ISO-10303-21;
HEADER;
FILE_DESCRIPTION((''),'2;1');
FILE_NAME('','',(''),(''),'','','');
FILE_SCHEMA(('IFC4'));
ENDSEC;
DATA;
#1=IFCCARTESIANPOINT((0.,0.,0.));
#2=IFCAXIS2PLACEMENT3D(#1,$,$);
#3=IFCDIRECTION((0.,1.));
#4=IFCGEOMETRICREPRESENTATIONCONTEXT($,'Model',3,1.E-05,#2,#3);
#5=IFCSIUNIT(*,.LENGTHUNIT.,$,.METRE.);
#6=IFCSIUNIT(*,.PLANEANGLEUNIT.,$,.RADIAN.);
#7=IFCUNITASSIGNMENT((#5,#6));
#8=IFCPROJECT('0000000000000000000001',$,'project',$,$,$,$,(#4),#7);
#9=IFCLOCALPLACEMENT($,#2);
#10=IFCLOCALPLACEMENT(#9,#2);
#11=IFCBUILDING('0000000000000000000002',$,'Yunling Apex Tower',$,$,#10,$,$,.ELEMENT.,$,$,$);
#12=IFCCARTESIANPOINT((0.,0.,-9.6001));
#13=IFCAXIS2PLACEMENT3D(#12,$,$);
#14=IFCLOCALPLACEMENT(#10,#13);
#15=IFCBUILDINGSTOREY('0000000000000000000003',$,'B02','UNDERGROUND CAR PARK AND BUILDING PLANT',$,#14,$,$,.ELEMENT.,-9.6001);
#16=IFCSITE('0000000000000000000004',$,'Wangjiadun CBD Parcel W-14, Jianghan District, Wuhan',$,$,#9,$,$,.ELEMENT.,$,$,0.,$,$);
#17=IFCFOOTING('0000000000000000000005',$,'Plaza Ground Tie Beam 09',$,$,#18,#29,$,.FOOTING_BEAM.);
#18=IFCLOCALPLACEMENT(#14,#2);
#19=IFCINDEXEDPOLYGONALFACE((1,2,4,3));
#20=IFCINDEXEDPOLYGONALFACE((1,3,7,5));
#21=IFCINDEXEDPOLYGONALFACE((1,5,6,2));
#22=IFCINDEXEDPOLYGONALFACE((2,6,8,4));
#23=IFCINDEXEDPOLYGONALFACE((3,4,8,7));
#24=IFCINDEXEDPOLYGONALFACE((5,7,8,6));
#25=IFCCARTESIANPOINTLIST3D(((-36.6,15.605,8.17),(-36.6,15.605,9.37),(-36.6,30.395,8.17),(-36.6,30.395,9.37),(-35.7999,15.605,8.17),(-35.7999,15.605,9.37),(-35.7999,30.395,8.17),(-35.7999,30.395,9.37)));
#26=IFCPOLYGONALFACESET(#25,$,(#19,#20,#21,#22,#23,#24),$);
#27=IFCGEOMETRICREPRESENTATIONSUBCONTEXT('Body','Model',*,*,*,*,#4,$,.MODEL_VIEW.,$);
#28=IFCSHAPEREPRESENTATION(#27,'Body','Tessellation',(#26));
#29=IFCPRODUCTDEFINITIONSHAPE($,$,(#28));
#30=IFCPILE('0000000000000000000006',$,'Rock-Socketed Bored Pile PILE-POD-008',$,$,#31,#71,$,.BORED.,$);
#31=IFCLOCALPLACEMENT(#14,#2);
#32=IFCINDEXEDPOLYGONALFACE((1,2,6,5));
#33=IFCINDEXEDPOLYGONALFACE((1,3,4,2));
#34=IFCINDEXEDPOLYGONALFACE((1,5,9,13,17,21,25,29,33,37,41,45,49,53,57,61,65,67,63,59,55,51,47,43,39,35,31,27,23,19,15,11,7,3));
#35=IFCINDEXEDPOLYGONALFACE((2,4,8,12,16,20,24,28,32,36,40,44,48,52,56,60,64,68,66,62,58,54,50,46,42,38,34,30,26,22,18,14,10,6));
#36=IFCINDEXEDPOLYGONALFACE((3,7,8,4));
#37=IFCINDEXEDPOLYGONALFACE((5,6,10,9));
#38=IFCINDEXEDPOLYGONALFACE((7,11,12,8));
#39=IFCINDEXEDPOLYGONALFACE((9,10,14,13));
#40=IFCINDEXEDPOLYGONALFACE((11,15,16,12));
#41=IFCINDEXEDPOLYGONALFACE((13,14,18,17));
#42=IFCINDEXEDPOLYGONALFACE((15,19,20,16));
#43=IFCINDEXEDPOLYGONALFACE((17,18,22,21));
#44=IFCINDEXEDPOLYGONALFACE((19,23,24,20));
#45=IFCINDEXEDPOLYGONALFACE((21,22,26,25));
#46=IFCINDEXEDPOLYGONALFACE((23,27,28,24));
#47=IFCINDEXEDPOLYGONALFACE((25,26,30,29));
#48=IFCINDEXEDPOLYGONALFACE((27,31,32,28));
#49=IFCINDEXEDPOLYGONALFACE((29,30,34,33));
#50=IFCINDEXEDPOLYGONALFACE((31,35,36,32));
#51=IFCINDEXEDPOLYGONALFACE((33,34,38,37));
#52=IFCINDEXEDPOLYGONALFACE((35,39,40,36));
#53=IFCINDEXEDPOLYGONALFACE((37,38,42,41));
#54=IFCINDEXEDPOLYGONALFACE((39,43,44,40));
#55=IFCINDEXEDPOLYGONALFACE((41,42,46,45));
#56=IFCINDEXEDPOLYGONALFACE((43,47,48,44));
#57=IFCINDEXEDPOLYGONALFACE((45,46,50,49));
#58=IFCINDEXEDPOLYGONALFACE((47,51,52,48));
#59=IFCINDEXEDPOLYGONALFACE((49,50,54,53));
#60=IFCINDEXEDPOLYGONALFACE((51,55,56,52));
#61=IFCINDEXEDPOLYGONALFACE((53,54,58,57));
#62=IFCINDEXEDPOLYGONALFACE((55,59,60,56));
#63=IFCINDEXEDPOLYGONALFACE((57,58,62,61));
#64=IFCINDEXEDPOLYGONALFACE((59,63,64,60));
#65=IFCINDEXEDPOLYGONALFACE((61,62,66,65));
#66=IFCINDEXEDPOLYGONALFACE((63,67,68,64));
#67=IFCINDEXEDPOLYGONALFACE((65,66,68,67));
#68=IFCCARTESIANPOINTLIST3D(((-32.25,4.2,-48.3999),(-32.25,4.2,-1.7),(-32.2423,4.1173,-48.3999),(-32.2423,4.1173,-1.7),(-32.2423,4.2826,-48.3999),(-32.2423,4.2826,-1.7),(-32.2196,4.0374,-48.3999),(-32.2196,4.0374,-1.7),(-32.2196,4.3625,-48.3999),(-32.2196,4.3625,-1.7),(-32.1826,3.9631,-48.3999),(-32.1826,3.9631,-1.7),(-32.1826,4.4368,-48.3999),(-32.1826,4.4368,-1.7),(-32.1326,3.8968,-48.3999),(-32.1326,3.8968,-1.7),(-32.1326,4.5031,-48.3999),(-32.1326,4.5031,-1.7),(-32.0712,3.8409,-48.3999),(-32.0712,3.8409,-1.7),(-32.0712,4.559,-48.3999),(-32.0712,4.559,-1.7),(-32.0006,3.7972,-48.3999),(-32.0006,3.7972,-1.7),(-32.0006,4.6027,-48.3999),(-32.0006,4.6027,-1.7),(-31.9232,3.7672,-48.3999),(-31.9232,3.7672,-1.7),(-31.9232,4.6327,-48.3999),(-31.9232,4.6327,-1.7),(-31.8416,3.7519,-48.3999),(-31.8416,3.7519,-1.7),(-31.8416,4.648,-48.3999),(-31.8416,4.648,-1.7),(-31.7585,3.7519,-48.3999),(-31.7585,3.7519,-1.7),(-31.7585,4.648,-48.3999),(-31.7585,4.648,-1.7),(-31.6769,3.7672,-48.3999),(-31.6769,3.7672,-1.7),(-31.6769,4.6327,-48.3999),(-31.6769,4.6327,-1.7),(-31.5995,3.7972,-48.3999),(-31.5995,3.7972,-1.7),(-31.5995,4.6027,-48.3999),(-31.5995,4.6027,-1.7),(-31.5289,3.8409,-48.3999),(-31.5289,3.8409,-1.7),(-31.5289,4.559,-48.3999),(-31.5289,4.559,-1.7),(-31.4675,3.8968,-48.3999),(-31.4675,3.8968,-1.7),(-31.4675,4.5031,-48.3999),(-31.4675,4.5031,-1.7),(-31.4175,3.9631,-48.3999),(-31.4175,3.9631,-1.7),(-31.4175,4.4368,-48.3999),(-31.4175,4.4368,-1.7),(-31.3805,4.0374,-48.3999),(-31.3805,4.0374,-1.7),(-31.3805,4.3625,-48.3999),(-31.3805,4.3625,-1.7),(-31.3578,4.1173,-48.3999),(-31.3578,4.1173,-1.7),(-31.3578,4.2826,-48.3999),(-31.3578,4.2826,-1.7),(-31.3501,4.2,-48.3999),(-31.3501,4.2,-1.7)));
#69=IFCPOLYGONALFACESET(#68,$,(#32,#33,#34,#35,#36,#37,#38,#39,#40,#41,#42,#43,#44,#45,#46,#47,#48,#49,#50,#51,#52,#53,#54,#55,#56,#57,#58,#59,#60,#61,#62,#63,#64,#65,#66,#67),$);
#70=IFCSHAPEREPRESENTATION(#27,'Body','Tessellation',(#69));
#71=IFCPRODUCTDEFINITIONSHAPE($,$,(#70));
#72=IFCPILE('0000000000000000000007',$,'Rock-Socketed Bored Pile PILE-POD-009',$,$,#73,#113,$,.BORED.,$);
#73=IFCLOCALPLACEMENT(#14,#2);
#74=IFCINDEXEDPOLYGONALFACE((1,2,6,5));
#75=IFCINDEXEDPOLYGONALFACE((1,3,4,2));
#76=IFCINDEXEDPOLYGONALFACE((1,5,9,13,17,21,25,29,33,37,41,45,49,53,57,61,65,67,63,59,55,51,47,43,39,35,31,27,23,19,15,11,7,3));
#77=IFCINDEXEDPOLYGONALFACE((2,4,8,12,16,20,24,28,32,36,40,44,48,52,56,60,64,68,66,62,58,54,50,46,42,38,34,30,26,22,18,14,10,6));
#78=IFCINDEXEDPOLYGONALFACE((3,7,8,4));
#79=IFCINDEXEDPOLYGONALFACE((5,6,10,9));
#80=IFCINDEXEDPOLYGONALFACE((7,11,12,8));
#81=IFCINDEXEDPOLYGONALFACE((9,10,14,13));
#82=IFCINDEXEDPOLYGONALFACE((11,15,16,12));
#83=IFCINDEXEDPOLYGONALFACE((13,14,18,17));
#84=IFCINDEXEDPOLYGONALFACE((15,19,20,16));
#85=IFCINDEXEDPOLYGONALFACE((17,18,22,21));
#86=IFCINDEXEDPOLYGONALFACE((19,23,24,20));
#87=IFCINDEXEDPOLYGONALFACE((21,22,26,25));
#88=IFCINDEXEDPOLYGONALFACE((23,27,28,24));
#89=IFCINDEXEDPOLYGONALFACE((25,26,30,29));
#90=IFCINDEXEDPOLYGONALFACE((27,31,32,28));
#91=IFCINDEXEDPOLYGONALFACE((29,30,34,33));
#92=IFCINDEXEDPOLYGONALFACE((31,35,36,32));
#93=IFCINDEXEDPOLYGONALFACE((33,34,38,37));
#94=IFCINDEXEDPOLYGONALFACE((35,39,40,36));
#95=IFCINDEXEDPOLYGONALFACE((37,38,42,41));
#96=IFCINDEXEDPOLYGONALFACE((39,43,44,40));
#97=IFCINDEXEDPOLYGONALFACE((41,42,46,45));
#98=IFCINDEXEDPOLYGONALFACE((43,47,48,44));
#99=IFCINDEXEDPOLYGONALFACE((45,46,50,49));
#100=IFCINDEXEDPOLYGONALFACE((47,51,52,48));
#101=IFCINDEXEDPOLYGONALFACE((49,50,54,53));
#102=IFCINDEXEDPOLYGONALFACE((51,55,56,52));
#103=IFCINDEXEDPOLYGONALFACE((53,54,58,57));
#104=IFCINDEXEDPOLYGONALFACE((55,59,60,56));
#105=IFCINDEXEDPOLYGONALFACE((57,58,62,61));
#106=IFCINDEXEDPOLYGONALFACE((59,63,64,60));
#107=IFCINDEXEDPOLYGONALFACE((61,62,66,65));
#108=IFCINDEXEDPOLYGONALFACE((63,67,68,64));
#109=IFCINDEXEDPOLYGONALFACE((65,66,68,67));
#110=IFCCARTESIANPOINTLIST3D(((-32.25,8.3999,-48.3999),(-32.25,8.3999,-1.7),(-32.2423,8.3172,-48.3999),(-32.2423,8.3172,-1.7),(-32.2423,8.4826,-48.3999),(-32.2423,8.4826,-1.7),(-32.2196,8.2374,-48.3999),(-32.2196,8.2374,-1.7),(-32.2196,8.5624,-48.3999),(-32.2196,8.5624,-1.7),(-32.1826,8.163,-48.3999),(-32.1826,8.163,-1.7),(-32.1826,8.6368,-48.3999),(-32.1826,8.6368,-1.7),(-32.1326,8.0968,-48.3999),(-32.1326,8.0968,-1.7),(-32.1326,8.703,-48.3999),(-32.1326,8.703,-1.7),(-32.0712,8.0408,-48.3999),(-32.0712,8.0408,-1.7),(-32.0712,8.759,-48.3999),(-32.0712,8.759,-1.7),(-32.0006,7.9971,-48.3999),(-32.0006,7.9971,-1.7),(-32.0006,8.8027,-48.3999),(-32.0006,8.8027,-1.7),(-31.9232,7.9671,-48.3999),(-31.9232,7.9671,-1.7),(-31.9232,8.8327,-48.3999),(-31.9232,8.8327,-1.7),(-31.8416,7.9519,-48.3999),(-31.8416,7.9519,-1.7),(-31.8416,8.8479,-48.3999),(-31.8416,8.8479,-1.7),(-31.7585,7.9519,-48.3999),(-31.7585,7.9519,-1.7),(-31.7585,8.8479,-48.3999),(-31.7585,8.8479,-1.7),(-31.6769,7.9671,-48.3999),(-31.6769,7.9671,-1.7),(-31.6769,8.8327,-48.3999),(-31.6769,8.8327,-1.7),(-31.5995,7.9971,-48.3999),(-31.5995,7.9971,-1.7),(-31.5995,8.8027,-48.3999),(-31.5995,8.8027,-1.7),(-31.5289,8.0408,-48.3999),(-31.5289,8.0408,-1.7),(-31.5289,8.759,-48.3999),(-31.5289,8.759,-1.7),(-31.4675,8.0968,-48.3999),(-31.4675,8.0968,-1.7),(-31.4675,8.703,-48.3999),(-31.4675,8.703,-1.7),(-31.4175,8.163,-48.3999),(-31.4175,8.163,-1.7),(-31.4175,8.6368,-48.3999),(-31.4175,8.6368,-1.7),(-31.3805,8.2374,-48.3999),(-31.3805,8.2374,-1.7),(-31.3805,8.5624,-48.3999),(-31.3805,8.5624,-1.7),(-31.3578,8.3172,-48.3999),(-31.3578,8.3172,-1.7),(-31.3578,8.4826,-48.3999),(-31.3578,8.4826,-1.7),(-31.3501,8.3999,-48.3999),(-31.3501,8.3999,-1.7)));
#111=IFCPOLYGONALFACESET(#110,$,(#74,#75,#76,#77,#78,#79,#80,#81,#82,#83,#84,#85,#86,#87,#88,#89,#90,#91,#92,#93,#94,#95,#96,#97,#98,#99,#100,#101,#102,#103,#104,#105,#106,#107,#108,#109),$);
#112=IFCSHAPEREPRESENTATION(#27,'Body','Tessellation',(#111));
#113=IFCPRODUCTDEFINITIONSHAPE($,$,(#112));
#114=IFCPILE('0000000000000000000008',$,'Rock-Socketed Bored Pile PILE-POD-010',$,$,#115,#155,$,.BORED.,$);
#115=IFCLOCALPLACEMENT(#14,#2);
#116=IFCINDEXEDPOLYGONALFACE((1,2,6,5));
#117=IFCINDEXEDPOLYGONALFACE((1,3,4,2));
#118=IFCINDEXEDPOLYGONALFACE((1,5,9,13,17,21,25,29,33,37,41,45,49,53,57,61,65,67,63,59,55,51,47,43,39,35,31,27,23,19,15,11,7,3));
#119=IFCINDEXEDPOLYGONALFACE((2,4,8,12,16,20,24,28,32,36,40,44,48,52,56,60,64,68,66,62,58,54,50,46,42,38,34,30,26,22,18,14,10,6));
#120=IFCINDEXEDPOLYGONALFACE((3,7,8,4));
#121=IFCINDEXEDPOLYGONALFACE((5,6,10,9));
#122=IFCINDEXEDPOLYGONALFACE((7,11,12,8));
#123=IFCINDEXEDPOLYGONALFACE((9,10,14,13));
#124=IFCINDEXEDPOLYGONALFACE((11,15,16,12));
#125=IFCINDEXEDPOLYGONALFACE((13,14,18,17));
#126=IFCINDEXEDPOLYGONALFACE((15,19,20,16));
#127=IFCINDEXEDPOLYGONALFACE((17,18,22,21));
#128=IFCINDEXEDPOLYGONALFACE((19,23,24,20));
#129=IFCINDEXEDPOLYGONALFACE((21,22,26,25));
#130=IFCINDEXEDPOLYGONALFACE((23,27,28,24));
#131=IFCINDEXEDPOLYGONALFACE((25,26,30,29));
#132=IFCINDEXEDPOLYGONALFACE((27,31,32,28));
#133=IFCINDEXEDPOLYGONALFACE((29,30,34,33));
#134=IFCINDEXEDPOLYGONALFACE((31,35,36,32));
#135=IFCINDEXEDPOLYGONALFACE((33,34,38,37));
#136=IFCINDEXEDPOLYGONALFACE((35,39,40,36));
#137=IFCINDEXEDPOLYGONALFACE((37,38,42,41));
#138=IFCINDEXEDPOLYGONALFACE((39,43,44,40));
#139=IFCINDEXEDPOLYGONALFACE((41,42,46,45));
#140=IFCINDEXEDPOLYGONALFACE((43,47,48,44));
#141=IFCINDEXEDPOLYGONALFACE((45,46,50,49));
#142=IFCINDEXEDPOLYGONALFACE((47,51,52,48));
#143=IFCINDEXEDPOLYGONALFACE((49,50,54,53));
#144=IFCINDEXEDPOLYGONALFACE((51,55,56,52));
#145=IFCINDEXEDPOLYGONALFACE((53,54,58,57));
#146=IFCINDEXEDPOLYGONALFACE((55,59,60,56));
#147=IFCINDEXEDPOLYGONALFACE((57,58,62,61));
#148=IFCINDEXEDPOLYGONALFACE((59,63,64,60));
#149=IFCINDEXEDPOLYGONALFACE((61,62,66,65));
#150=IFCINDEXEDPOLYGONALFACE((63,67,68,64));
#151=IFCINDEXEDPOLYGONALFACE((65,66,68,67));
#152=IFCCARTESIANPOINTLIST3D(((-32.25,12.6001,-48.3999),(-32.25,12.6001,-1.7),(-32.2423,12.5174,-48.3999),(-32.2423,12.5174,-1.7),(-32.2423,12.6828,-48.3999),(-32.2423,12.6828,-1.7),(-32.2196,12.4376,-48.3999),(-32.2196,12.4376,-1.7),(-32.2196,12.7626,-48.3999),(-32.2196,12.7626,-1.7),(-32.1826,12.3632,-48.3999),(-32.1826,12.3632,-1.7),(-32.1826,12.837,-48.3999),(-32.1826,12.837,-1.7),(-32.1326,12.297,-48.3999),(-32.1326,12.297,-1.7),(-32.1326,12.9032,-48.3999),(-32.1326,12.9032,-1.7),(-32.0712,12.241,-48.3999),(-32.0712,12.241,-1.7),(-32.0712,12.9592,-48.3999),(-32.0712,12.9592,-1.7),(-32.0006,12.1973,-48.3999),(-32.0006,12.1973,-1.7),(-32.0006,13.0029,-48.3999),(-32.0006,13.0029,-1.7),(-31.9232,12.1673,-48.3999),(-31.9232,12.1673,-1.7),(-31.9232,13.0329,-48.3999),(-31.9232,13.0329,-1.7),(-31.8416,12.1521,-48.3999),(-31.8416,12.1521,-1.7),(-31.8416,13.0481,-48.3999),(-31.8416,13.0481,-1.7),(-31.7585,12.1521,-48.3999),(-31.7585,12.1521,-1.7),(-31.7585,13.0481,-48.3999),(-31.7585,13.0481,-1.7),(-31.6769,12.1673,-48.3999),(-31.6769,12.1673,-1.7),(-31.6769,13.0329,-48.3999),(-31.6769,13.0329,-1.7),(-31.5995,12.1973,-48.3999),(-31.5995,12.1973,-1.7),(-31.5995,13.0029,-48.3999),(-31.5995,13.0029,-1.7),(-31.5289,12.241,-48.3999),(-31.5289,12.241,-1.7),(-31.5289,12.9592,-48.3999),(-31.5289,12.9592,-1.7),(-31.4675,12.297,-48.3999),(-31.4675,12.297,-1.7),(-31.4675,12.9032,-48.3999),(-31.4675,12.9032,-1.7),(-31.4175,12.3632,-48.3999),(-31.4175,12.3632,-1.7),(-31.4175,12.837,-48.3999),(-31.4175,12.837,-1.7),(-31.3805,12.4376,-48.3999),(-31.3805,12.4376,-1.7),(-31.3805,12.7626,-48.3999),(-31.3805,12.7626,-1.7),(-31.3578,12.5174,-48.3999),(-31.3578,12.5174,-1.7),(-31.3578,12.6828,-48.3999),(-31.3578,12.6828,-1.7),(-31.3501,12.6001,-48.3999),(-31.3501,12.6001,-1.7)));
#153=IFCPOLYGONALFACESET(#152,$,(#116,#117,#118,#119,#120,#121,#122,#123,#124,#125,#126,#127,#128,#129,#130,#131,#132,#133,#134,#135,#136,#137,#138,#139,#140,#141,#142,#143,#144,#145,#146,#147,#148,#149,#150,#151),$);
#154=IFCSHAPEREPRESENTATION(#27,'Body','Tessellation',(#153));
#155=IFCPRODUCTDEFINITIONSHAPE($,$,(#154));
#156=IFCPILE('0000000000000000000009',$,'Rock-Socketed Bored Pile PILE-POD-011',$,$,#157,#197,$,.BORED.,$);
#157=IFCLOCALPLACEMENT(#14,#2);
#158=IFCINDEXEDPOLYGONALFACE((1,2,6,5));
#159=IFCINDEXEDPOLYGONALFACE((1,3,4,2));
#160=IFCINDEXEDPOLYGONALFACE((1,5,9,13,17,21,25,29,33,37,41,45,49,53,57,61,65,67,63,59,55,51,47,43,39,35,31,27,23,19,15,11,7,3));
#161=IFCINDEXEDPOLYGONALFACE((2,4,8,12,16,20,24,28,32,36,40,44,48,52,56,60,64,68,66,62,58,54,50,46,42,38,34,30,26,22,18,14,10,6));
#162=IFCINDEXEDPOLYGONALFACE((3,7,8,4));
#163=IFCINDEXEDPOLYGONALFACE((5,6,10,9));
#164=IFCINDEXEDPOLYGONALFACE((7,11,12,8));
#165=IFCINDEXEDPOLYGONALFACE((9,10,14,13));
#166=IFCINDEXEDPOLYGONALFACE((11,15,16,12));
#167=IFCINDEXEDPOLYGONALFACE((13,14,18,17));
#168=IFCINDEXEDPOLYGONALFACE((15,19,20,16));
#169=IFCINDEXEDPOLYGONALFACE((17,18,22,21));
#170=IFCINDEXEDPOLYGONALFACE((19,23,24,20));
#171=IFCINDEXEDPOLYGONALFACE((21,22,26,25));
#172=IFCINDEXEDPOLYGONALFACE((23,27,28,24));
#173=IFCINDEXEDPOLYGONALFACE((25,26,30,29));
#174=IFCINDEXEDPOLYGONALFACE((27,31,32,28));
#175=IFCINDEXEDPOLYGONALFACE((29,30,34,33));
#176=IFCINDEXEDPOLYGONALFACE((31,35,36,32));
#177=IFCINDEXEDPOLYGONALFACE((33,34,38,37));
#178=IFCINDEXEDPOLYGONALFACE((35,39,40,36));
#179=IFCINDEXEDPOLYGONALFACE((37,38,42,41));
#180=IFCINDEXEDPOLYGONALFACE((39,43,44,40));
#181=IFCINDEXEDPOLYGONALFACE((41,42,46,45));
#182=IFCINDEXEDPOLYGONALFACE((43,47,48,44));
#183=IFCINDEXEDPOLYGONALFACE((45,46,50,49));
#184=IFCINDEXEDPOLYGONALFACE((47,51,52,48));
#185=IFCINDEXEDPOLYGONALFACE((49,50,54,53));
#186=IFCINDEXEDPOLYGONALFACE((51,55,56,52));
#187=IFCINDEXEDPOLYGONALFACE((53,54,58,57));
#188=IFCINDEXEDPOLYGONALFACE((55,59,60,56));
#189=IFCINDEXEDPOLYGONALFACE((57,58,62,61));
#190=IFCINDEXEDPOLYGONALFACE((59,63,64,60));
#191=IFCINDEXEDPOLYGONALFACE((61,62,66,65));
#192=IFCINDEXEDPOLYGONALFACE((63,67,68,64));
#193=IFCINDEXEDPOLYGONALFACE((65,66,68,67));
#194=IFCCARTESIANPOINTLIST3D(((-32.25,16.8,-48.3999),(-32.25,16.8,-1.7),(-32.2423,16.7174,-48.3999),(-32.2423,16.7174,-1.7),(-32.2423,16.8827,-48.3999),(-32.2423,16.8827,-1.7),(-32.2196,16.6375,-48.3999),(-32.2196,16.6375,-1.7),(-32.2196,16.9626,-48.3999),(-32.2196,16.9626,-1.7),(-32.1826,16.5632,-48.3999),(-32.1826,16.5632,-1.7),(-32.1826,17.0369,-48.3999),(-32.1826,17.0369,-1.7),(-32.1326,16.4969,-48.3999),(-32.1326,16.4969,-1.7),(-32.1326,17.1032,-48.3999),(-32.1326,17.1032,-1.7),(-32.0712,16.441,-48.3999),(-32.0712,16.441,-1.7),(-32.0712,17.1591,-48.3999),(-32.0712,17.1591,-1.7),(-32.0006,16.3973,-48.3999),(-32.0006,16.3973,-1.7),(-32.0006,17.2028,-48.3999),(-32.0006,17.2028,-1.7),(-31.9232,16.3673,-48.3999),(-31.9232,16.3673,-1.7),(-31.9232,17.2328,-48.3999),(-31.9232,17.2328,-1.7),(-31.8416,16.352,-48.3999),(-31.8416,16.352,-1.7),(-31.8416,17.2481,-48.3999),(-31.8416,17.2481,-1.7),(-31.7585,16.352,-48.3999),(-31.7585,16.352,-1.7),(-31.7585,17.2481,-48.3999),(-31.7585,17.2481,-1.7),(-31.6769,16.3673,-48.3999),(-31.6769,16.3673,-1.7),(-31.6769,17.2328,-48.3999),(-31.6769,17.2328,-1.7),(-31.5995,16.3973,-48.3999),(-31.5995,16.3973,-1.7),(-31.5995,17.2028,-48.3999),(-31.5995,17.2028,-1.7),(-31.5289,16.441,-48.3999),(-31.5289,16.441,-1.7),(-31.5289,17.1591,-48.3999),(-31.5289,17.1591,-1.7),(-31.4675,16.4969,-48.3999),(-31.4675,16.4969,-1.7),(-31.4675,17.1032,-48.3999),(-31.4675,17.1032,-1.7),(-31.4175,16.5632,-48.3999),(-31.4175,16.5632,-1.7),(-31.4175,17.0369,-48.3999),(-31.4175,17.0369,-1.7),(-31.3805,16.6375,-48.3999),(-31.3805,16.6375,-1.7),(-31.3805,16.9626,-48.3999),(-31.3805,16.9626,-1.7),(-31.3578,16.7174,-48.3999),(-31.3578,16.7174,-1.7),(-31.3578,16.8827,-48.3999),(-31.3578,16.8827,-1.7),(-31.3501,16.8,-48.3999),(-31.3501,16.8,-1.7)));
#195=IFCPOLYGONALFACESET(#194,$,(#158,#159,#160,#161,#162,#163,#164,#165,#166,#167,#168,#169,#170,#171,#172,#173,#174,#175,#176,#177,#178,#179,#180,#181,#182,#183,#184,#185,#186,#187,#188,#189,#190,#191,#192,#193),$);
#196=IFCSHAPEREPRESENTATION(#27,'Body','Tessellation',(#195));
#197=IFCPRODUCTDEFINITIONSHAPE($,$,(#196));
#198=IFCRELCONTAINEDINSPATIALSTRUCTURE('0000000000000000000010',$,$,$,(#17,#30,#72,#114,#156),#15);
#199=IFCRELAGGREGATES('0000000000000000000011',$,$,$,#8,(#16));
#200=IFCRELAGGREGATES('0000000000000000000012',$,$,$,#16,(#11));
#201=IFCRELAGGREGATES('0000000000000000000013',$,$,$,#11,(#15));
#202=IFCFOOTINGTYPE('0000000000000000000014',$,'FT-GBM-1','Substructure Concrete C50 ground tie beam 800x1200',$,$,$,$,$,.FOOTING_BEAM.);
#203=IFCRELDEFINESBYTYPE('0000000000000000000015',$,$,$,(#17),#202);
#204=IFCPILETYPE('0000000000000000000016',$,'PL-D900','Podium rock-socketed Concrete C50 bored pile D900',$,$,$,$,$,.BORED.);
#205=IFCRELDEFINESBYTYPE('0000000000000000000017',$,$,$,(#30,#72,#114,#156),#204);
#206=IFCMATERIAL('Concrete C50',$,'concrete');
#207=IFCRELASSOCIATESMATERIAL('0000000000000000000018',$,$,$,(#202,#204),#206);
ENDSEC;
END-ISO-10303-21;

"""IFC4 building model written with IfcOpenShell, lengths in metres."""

from ifc_helpers import new_model, si_unit, direction, frame, origin, origin_2d, place, context, subcontext, project, spatial, rectangle, circle, extrude, source, transform, mapped, material, material_profile, profile_set, type_object, element, save


model = new_model("IFC4")

# Units and contexts
model_context = context("Model", 3, precision=1e-05, world=origin(), true_north=direction((0.0, 1.0)))
body_context = subcontext(model_context, "Body", "Model", "MODEL_VIEW")
ifc_project = project(units=[si_unit("LENGTHUNIT", "METRE"), si_unit("PLANEANGLEUNIT", "RADIAN")], contexts=[model_context])

# Site, building, storey
site_placement = place(None, origin())
site = spatial("IfcSite", under=ifc_project, at=site_placement, Name="Wangjiadun CBD Parcel W-14, Jianghan District, Wuhan", CompositionType="ELEMENT", RefElevation=0.0)
building_placement = place(site_placement, origin())
building = spatial("IfcBuilding", under=site, at=building_placement, Name="Yunling Apex Tower", CompositionType="ELEMENT")
storey_placement = place(building_placement, frame((0.0, 0.0, -9.6001)))
storey = spatial("IfcBuildingStorey", under=building, at=storey_placement, Name="B02", Description="UNDERGROUND CAR PARK AND BUILDING PLANT", CompositionType="ELEMENT", Elevation=-9.6001)

# Footing
ifc_material_1 = material(Name="Concrete C50", Category="concrete")
ifc_material_profile_1 = material_profile(ifc_material_1, rectangle(XDim=0.8, YDim=1.2, at=origin_2d()))
ifc_profile_set_1 = profile_set([ifc_material_profile_1], Name="Concrete C50")
footing_type_1 = type_object("IfcFootingType", Name="FT-GBM-1", Description="Substructure Concrete C50 ground tie beam 800x1200", PredefinedType="FOOTING_BEAM", material=ifc_profile_set_1)
shared_shape_1 = source(origin(), body_context, "Body", "SweptSolid", [
    extrude(rectangle(XDim=0.8, YDim=1.2, at=origin_2d()), origin(), (0.0, 0.0, 1.0), 14.79),
])
footing_1_placement = place(storey_placement, frame((-36.2, 15.605, 8.77), z_axis=(0.0, 1.0, 0.0), x_axis=(-1.0, 0.0, 0.0)))
element("IfcFooting", 1, at=footing_1_placement, inside=storey, type_object=footing_type_1, Name="Plaza Ground Tie Beam 09", PredefinedType="FOOTING_BEAM", context=body_context, shape_type="MappedRepresentation", body=[
    mapped(shared_shape_1, transform((0.0, 0.0, 0.0), scale=1.0)),
])

# Piles
ifc_material_profile_2 = material_profile(ifc_material_1, circle(Radius=0.45, at=origin_2d()))
ifc_profile_set_2 = profile_set([ifc_material_profile_2], Name="Concrete C50")
pile_type = type_object("IfcPileType", Name="PL-D900", Description="Podium rock-socketed Concrete C50 bored pile D900", PredefinedType="BORED", material=ifc_profile_set_2)
shared_shape_2 = source(origin(), body_context, "Body", "SweptSolid", [
    extrude(circle(Radius=0.45, at=origin_2d()), origin(), (0.0, 0.0, 1.0), 46.7),
])
for number, where, z_axis, x_axis, name in (
    (2, (-31.8, 4.2, -1.7), (0.0, 0.0, -1.0), (1.0, 0.0, 0.0), "Rock-Socketed Bored Pile PILE-POD-008"),
    (3, (-31.8, 8.3999, -1.7), (0.0, 0.0, -1.0), (1.0, 0.0, 0.0), "Rock-Socketed Bored Pile PILE-POD-009"),
    (4, (-31.8, 12.6001, -1.7), (0.0, 0.0, -1.0), (1.0, 0.0, 0.0), "Rock-Socketed Bored Pile PILE-POD-010"),
    (5, (-31.8, 16.8, -1.7), (0.0, 0.0, -1.0), (1.0, 0.0, 0.0), "Rock-Socketed Bored Pile PILE-POD-011"),
):
    element("IfcPile", number, at=place(storey_placement, frame(where, z_axis=z_axis, x_axis=x_axis)), inside=storey, type_object=pile_type, Name=name, PredefinedType="BORED", context=body_context, shape_type="MappedRepresentation", body=[
        mapped(shared_shape_2, transform((0.0, 0.0, 0.0), scale=1.0)),
    ])

save(model, "model.ifc")
